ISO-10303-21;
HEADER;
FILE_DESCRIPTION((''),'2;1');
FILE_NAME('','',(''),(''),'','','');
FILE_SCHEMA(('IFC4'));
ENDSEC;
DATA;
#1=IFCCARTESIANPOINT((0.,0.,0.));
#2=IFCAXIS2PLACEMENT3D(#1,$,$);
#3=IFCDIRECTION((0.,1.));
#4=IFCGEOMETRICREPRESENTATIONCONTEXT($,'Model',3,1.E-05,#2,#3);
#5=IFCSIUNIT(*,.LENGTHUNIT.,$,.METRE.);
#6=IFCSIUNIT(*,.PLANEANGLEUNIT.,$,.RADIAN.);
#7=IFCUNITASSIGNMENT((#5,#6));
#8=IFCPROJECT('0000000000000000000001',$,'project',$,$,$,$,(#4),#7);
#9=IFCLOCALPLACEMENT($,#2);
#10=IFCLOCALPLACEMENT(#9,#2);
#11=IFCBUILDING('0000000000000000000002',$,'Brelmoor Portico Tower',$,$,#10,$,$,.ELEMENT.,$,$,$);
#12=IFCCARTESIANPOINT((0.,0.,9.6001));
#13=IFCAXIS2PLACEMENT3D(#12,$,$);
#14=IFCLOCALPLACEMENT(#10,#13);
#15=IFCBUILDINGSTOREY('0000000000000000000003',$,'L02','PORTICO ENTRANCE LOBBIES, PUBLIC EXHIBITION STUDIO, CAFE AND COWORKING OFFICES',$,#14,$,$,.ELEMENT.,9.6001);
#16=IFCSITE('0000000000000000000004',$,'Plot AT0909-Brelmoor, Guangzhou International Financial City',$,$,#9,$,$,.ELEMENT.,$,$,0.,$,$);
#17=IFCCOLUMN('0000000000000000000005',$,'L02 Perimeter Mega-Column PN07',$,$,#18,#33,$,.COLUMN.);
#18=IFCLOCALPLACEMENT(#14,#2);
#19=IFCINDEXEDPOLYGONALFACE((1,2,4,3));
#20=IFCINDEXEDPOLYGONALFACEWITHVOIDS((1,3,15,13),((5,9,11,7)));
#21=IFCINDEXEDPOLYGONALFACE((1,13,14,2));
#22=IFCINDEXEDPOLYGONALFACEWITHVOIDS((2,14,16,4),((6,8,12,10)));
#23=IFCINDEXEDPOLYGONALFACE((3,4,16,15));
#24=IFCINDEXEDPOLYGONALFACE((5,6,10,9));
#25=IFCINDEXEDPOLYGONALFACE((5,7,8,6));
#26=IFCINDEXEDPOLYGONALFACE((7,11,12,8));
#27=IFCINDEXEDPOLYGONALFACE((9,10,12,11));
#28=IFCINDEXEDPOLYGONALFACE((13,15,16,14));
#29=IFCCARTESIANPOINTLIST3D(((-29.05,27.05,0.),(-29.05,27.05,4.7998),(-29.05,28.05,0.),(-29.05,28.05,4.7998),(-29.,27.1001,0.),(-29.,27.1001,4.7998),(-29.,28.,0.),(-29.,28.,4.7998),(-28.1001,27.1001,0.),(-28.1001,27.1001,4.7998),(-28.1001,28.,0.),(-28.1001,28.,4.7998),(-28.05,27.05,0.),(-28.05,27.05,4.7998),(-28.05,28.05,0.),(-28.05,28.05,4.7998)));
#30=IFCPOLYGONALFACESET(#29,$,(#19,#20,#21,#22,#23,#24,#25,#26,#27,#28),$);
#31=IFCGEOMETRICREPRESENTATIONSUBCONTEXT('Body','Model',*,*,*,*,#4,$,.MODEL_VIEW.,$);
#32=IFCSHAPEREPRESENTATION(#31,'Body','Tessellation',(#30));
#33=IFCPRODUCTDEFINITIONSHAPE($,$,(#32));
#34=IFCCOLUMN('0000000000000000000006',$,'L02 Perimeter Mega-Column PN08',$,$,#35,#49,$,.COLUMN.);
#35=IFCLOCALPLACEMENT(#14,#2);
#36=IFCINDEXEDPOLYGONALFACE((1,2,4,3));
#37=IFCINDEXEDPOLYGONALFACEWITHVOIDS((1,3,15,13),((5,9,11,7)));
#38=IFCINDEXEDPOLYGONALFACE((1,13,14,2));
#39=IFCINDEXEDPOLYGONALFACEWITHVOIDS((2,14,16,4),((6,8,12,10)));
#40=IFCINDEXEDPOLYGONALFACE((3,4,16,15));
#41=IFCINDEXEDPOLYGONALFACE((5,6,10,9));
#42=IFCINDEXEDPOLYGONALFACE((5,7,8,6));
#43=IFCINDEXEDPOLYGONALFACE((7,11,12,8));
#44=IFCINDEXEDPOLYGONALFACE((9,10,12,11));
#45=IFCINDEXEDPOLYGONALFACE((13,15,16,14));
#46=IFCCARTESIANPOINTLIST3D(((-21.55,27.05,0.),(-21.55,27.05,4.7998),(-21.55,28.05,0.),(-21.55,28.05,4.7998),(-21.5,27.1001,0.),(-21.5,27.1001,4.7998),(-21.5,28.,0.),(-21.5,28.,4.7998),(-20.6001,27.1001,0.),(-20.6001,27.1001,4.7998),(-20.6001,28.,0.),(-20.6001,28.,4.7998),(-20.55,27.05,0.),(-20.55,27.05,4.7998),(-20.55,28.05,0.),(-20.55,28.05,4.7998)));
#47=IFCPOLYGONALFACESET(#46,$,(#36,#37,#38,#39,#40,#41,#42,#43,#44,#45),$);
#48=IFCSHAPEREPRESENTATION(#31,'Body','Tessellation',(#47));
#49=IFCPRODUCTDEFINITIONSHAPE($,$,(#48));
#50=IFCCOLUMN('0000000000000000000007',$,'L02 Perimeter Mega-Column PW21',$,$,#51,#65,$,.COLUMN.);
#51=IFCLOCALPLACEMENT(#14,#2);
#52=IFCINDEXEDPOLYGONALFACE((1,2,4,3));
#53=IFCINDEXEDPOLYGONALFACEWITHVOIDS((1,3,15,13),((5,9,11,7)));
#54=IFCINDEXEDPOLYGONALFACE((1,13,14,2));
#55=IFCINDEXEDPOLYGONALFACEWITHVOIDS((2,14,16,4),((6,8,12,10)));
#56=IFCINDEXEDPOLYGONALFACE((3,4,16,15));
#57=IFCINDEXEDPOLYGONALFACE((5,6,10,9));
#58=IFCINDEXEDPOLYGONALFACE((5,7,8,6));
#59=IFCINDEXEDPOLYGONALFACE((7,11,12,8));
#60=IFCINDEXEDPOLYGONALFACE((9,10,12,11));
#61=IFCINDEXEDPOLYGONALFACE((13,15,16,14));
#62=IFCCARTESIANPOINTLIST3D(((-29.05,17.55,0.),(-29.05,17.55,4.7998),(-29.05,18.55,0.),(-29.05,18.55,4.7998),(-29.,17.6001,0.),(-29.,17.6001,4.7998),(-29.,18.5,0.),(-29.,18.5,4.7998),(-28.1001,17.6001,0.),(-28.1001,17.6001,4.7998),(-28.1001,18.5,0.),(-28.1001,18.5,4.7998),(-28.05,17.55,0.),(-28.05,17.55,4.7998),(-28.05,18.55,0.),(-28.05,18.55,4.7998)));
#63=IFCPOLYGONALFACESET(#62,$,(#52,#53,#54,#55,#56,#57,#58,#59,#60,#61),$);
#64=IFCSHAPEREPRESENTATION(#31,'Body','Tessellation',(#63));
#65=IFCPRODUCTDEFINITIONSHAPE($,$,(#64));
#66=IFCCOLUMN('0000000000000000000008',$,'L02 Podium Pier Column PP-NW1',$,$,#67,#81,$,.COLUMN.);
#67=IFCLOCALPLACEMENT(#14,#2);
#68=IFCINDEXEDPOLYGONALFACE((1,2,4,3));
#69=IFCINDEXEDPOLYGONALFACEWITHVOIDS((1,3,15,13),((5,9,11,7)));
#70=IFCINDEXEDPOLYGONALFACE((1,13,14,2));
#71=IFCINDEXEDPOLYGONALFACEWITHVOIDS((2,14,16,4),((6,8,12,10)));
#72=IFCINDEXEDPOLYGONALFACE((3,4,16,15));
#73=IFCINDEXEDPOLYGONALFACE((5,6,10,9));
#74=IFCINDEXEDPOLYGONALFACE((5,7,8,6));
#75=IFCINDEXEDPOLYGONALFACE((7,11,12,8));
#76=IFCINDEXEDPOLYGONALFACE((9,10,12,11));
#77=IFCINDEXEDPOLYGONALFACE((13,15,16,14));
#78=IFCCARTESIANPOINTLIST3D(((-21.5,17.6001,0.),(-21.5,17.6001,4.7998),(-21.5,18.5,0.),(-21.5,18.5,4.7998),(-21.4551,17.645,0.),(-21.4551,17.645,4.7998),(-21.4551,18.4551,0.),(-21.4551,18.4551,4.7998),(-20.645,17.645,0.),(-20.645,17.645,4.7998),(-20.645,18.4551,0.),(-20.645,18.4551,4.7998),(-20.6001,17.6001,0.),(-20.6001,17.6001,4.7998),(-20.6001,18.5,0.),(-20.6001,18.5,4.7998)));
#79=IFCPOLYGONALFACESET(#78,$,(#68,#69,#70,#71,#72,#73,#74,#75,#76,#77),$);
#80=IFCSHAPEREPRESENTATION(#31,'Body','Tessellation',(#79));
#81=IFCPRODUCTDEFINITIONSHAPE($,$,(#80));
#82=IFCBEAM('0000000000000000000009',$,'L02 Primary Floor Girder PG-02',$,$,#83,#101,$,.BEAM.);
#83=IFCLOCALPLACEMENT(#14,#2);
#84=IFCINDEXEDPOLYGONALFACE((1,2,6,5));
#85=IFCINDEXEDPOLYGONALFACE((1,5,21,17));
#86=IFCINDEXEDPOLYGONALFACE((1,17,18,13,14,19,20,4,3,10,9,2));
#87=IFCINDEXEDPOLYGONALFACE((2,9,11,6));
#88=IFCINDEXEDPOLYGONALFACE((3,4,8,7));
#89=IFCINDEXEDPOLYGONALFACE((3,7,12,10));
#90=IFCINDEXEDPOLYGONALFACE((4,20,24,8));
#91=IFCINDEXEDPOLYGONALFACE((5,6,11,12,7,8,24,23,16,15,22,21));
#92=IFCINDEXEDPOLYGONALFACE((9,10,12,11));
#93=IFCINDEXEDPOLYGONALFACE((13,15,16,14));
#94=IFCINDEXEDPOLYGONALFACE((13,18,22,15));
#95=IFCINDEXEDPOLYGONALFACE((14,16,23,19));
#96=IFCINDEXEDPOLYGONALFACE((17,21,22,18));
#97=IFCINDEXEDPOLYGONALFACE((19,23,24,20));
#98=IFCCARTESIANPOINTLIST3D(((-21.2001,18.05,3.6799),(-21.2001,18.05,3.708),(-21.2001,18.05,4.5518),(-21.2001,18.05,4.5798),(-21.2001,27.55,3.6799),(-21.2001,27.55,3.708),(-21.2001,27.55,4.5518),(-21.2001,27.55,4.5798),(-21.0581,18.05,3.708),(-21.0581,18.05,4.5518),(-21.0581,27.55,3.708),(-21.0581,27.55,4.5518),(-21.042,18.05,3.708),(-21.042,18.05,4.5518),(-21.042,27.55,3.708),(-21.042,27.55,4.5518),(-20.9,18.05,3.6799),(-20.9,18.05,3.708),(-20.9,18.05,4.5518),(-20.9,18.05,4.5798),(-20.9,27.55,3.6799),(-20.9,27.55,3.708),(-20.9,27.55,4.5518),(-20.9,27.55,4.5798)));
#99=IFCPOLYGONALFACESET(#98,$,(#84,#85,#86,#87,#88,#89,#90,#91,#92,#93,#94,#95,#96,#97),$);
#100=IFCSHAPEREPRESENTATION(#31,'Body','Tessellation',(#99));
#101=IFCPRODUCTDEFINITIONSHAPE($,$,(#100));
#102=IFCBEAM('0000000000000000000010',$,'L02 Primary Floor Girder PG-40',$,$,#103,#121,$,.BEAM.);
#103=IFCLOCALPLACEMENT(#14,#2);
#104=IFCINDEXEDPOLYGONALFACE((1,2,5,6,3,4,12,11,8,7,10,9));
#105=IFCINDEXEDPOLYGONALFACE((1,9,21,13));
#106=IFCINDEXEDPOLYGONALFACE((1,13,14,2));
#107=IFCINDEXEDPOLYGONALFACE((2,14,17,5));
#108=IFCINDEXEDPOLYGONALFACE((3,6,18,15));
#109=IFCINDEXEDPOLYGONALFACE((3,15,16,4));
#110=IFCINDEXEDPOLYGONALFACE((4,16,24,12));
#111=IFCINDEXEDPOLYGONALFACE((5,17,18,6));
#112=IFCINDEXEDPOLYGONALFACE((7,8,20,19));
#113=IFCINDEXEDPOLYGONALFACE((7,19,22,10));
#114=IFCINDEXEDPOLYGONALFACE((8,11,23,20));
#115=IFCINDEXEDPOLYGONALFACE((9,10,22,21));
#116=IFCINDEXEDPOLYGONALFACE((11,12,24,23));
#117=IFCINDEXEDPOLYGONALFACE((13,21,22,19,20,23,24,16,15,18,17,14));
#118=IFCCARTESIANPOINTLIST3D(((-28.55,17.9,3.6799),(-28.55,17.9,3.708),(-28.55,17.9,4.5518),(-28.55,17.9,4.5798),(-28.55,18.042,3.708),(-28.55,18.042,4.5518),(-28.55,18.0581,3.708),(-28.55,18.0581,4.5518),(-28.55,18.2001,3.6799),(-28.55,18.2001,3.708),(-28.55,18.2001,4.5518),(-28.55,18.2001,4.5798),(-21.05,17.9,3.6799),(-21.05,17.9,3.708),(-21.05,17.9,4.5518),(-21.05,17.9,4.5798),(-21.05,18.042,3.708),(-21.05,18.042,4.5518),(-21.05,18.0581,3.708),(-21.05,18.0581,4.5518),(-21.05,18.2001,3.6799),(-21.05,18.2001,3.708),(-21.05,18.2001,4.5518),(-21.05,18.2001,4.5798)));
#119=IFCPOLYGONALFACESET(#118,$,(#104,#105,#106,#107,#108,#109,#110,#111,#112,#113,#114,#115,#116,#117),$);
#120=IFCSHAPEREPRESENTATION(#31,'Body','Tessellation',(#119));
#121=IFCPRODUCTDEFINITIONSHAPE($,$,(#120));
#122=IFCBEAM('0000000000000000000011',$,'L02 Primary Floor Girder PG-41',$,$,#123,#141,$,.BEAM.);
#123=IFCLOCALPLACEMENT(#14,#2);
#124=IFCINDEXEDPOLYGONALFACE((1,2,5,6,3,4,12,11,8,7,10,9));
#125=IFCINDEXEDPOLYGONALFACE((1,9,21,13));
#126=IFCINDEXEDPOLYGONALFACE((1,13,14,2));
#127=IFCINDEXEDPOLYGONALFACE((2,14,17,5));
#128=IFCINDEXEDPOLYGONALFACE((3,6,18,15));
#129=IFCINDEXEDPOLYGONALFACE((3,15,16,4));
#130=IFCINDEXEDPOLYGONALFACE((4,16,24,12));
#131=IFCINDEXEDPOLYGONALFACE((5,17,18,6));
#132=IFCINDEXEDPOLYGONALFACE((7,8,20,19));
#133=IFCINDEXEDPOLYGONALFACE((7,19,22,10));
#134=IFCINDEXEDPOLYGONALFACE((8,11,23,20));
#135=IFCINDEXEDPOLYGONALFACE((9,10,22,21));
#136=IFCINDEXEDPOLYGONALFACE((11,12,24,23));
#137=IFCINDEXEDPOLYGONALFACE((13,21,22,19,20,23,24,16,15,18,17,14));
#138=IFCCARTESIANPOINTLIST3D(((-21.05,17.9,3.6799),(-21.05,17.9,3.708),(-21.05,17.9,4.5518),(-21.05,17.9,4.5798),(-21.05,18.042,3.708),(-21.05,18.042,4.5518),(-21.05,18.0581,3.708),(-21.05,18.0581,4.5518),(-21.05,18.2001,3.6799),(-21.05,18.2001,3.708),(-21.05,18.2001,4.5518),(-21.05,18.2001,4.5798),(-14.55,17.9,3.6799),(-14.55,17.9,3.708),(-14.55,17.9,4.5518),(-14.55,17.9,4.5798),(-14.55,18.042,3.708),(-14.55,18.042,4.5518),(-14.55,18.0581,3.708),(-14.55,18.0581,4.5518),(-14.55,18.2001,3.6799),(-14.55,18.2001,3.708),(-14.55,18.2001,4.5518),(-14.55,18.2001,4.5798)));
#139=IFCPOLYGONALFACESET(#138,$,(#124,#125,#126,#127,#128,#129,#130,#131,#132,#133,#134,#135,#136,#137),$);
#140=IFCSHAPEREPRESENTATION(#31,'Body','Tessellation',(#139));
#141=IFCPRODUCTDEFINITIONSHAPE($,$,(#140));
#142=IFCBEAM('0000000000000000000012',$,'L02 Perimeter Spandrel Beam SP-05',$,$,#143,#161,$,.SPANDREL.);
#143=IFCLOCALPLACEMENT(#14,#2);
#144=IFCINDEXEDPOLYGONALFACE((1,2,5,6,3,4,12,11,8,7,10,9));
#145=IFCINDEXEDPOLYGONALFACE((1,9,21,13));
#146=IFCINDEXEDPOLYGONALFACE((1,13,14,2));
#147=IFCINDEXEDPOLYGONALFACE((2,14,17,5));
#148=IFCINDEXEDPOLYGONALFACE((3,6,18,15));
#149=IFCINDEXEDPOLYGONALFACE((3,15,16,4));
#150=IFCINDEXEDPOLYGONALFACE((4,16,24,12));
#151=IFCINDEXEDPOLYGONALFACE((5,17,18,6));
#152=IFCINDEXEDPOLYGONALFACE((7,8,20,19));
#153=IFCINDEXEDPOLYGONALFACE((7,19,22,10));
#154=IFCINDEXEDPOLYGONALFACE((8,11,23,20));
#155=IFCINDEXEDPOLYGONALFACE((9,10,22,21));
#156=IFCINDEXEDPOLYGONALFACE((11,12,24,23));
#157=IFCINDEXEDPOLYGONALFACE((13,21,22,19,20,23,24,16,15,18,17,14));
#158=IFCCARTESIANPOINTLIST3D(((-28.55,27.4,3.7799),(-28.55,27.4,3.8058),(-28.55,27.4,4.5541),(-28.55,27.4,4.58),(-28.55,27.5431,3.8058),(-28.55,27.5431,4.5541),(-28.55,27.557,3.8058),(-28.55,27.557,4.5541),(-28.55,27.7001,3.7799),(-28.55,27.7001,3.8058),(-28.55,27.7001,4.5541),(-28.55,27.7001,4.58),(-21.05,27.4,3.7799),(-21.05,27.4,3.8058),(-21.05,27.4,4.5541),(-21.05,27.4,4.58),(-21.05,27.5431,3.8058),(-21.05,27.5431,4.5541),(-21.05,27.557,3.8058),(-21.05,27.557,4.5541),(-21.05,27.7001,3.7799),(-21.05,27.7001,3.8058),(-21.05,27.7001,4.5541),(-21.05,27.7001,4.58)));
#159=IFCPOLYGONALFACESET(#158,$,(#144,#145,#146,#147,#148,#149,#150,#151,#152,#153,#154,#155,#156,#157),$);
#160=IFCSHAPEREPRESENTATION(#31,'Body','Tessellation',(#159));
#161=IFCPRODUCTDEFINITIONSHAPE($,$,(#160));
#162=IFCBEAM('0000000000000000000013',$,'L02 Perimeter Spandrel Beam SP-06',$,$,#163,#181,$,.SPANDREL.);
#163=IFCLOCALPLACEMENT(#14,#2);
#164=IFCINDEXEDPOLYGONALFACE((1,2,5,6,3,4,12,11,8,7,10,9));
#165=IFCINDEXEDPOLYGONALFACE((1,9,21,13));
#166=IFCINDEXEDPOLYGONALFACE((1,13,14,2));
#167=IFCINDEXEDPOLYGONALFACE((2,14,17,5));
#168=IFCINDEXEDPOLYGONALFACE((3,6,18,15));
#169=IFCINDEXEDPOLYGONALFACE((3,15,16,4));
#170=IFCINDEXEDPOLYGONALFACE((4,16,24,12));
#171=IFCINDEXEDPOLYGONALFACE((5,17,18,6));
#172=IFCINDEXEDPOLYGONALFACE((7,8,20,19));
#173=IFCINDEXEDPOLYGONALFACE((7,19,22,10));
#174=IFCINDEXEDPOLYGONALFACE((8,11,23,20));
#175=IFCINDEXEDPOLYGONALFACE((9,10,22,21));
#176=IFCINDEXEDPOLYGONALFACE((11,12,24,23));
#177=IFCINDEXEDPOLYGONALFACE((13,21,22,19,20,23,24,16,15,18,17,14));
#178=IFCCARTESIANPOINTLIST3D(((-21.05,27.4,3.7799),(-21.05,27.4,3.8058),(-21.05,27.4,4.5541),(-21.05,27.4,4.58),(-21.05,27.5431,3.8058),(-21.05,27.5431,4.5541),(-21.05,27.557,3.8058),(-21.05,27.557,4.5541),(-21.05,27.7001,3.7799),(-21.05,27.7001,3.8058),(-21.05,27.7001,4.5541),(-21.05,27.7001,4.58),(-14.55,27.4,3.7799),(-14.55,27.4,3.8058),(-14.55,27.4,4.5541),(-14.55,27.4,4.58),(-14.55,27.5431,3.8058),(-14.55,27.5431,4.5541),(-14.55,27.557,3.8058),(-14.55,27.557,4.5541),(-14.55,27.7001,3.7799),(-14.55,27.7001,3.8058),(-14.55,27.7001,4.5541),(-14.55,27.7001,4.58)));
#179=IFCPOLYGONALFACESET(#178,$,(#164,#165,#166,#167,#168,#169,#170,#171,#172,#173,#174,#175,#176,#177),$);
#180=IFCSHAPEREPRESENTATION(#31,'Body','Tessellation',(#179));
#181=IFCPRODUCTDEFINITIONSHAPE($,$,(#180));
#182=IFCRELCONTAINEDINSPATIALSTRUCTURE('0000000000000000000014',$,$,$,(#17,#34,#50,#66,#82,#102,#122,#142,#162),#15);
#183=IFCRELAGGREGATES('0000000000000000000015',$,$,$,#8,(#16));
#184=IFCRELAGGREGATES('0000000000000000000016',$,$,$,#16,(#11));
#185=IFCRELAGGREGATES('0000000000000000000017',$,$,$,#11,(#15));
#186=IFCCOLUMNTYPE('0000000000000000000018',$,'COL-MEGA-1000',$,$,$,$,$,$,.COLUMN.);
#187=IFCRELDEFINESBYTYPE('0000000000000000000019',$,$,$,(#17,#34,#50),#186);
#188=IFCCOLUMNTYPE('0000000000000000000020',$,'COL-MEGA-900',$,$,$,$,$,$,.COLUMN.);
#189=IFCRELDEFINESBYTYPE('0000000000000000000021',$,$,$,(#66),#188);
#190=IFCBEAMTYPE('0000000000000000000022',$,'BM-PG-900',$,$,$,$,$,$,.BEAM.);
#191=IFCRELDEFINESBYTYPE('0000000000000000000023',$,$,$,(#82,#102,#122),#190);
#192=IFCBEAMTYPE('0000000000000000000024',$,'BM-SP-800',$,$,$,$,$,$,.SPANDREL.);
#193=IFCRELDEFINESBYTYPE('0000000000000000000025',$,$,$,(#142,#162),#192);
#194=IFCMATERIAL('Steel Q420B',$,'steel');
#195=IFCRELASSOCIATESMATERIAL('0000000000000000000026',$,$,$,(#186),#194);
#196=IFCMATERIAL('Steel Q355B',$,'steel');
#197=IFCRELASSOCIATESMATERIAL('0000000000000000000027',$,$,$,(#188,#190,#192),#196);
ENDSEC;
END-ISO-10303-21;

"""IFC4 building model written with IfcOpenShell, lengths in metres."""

from ifc_helpers import new_model, si_unit, direction, frame, origin, origin_2d, place, context, subcontext, project, spatial, hollow_rectangle, i_section, extrude, material, material_profile, profile_set, type_object, element, save


model = new_model("IFC4")

# Units and contexts
model_context = context("Model", 3, precision=1e-05, world=origin(), true_north=direction((0.0, 1.0)))
body_context = subcontext(model_context, "Body", "Model", "MODEL_VIEW")
ifc_project = project(units=[si_unit("LENGTHUNIT", "METRE"), si_unit("PLANEANGLEUNIT", "RADIAN")], contexts=[model_context])

# Site, building, storey
site_placement = place(None, origin())
site = spatial("IfcSite", under=ifc_project, at=site_placement, Name="Plot AT0909-Brelmoor, Guangzhou International Financial City", CompositionType="ELEMENT", RefElevation=0.0)
building_placement = place(site_placement, origin())
building = spatial("IfcBuilding", under=site, at=building_placement, Name="Brelmoor Portico Tower", CompositionType="ELEMENT")
storey_placement = place(building_placement, frame((0.0, 0.0, 9.6001)))
storey = spatial("IfcBuildingStorey", under=building, at=storey_placement, Name="L02", Description="PORTICO ENTRANCE LOBBIES, PUBLIC EXHIBITION STUDIO, CAFE AND COWORKING OFFICES", CompositionType="ELEMENT", Elevation=9.6001)

# Columns
ifc_material_1 = material(Name="Steel Q420B", Category="steel")
ifc_material_profile_1 = material_profile(ifc_material_1, hollow_rectangle(XDim=1.0, YDim=1.0, WallThickness=0.05, at=origin_2d()), Name="BOX 1000x1000x50")
ifc_profile_set_1 = profile_set([ifc_material_profile_1], Name="Steel Q420B")
column_type_1 = type_object("IfcColumnType", Name="COL-MEGA-1000", PredefinedType="COLUMN", material=ifc_profile_set_1)
for number, where, z_axis, x_axis, name in (
    (1, (-28.55, 27.55, 0.0), (0.0, 0.0, 1.0), (1.0, 0.0, 0.0), "L02 Perimeter Mega-Column PN07"),
    (2, (-21.05, 27.55, 0.0), (0.0, 0.0, 1.0), (1.0, 0.0, 0.0), "L02 Perimeter Mega-Column PN08"),
    (3, (-28.55, 18.05, 0.0), (0.0, 0.0, 1.0), (0.0, 1.0, 0.0), "L02 Perimeter Mega-Column PW21"),
):
    element("IfcColumn", number, at=place(storey_placement, frame(where, z_axis=z_axis, x_axis=x_axis)), inside=storey, type_object=column_type_1, Name=name, PredefinedType="COLUMN", context=body_context, shape_type="SweptSolid", body=[
        extrude(hollow_rectangle(XDim=1.0, YDim=1.0, WallThickness=0.05, at=origin_2d()), origin(), (0.0, 0.0, 1.0), 4.7998),
    ])
ifc_material_2 = material(Name="Steel Q355B", Category="steel")
ifc_material_profile_2 = material_profile(ifc_material_2, hollow_rectangle(XDim=0.8999, YDim=0.8999, WallThickness=0.0449, at=origin_2d()), Name="BOX 900x900x45")
ifc_profile_set_2 = profile_set([ifc_material_profile_2], Name="Steel Q355B")
column_type_2 = type_object("IfcColumnType", Name="COL-MEGA-900", PredefinedType="COLUMN", material=ifc_profile_set_2)
column_placement = place(storey_placement, frame((-21.05, 18.05, 0.0), z_axis=(0.0, 0.0, 1.0), x_axis=(1.0, 0.0, 0.0)))
element("IfcColumn", 4, at=column_placement, inside=storey, type_object=column_type_2, Name="L02 Podium Pier Column PP-NW1", PredefinedType="COLUMN", context=body_context, shape_type="SweptSolid", body=[
    extrude(hollow_rectangle(XDim=0.8999, YDim=0.8999, WallThickness=0.0449, at=origin_2d()), origin(), (0.0, 0.0, 1.0), 4.7998),
])

# Beams
ifc_material_profile_3 = material_profile(ifc_material_2, i_section(OverallWidth=0.3, OverallDepth=0.8999, WebThickness=0.0161, FlangeThickness=0.0281, at=origin_2d()), Name="HN 900x300x16x28")
ifc_profile_set_3 = profile_set([ifc_material_profile_3], Name="Steel Q355B")
beam_type_1 = type_object("IfcBeamType", Name="BM-PG-900", PredefinedType="BEAM", material=ifc_profile_set_3)
beam_1_placement = place(storey_placement, frame((-21.05, 18.05, 4.1299), z_axis=(0.0, 1.0, 0.0), x_axis=(-1.0, 0.0, 0.0)))
element("IfcBeam", 5, at=beam_1_placement, inside=storey, type_object=beam_type_1, Name="L02 Primary Floor Girder PG-02", PredefinedType="BEAM", context=body_context, shape_type="SweptSolid", body=[
    extrude(i_section(OverallWidth=0.3, OverallDepth=0.8999, WebThickness=0.0161, FlangeThickness=0.0281, at=origin_2d()), origin(), (0.0, 0.0, 1.0), 9.5),
])
beam_2_placement = place(storey_placement, frame((-28.55, 18.05, 4.1299), z_axis=(1.0, 0.0, 0.0), x_axis=(0.0, 1.0, 0.0)))
element("IfcBeam", 6, at=beam_2_placement, inside=storey, type_object=beam_type_1, Name="L02 Primary Floor Girder PG-40", PredefinedType="BEAM", context=body_context, shape_type="SweptSolid", body=[
    extrude(i_section(OverallWidth=0.3, OverallDepth=0.8999, WebThickness=0.0161, FlangeThickness=0.0281, at=origin_2d()), origin(), (0.0, 0.0, 1.0), 7.5),
])
beam_3_placement = place(storey_placement, frame((-21.05, 18.05, 4.1299), z_axis=(1.0, 0.0, 0.0), x_axis=(0.0, 1.0, 0.0)))
element("IfcBeam", 7, at=beam_3_placement, inside=storey, type_object=beam_type_1, Name="L02 Primary Floor Girder PG-41", PredefinedType="BEAM", context=body_context, shape_type="SweptSolid", body=[
    extrude(i_section(OverallWidth=0.3, OverallDepth=0.8999, WebThickness=0.0161, FlangeThickness=0.0281, at=origin_2d()), origin(), (0.0, 0.0, 1.0), 6.5),
])
ifc_material_profile_4 = material_profile(ifc_material_2, i_section(OverallWidth=0.3, OverallDepth=0.8, WebThickness=0.0139, FlangeThickness=0.0259, at=origin_2d()), Name="HN 800x300x14x26")
ifc_profile_set_4 = profile_set([ifc_material_profile_4], Name="Steel Q355B")
beam_type_2 = type_object("IfcBeamType", Name="BM-SP-800", PredefinedType="SPANDREL", material=ifc_profile_set_4)
beam_4_placement = place(storey_placement, frame((-28.55, 27.55, 4.1799), z_axis=(1.0, 0.0, 0.0), x_axis=(0.0, 1.0, 0.0)))
element("IfcBeam", 8, at=beam_4_placement, inside=storey, type_object=beam_type_2, Name="L02 Perimeter Spandrel Beam SP-05", PredefinedType="SPANDREL", context=body_context, shape_type="SweptSolid", body=[
    extrude(i_section(OverallWidth=0.3, OverallDepth=0.8, WebThickness=0.0139, FlangeThickness=0.0259, at=origin_2d()), origin(), (0.0, 0.0, 1.0), 7.5),
])
beam_5_placement = place(storey_placement, frame((-21.05, 27.55, 4.1799), z_axis=(1.0, 0.0, 0.0), x_axis=(0.0, 1.0, 0.0)))
element("IfcBeam", 9, at=beam_5_placement, inside=storey, type_object=beam_type_2, Name="L02 Perimeter Spandrel Beam SP-06", PredefinedType="SPANDREL", context=body_context, shape_type="SweptSolid", body=[
    extrude(i_section(OverallWidth=0.3, OverallDepth=0.8, WebThickness=0.0139, FlangeThickness=0.0259, at=origin_2d()), origin(), (0.0, 0.0, 1.0), 6.5),
])

save(model, "model.ifc")
